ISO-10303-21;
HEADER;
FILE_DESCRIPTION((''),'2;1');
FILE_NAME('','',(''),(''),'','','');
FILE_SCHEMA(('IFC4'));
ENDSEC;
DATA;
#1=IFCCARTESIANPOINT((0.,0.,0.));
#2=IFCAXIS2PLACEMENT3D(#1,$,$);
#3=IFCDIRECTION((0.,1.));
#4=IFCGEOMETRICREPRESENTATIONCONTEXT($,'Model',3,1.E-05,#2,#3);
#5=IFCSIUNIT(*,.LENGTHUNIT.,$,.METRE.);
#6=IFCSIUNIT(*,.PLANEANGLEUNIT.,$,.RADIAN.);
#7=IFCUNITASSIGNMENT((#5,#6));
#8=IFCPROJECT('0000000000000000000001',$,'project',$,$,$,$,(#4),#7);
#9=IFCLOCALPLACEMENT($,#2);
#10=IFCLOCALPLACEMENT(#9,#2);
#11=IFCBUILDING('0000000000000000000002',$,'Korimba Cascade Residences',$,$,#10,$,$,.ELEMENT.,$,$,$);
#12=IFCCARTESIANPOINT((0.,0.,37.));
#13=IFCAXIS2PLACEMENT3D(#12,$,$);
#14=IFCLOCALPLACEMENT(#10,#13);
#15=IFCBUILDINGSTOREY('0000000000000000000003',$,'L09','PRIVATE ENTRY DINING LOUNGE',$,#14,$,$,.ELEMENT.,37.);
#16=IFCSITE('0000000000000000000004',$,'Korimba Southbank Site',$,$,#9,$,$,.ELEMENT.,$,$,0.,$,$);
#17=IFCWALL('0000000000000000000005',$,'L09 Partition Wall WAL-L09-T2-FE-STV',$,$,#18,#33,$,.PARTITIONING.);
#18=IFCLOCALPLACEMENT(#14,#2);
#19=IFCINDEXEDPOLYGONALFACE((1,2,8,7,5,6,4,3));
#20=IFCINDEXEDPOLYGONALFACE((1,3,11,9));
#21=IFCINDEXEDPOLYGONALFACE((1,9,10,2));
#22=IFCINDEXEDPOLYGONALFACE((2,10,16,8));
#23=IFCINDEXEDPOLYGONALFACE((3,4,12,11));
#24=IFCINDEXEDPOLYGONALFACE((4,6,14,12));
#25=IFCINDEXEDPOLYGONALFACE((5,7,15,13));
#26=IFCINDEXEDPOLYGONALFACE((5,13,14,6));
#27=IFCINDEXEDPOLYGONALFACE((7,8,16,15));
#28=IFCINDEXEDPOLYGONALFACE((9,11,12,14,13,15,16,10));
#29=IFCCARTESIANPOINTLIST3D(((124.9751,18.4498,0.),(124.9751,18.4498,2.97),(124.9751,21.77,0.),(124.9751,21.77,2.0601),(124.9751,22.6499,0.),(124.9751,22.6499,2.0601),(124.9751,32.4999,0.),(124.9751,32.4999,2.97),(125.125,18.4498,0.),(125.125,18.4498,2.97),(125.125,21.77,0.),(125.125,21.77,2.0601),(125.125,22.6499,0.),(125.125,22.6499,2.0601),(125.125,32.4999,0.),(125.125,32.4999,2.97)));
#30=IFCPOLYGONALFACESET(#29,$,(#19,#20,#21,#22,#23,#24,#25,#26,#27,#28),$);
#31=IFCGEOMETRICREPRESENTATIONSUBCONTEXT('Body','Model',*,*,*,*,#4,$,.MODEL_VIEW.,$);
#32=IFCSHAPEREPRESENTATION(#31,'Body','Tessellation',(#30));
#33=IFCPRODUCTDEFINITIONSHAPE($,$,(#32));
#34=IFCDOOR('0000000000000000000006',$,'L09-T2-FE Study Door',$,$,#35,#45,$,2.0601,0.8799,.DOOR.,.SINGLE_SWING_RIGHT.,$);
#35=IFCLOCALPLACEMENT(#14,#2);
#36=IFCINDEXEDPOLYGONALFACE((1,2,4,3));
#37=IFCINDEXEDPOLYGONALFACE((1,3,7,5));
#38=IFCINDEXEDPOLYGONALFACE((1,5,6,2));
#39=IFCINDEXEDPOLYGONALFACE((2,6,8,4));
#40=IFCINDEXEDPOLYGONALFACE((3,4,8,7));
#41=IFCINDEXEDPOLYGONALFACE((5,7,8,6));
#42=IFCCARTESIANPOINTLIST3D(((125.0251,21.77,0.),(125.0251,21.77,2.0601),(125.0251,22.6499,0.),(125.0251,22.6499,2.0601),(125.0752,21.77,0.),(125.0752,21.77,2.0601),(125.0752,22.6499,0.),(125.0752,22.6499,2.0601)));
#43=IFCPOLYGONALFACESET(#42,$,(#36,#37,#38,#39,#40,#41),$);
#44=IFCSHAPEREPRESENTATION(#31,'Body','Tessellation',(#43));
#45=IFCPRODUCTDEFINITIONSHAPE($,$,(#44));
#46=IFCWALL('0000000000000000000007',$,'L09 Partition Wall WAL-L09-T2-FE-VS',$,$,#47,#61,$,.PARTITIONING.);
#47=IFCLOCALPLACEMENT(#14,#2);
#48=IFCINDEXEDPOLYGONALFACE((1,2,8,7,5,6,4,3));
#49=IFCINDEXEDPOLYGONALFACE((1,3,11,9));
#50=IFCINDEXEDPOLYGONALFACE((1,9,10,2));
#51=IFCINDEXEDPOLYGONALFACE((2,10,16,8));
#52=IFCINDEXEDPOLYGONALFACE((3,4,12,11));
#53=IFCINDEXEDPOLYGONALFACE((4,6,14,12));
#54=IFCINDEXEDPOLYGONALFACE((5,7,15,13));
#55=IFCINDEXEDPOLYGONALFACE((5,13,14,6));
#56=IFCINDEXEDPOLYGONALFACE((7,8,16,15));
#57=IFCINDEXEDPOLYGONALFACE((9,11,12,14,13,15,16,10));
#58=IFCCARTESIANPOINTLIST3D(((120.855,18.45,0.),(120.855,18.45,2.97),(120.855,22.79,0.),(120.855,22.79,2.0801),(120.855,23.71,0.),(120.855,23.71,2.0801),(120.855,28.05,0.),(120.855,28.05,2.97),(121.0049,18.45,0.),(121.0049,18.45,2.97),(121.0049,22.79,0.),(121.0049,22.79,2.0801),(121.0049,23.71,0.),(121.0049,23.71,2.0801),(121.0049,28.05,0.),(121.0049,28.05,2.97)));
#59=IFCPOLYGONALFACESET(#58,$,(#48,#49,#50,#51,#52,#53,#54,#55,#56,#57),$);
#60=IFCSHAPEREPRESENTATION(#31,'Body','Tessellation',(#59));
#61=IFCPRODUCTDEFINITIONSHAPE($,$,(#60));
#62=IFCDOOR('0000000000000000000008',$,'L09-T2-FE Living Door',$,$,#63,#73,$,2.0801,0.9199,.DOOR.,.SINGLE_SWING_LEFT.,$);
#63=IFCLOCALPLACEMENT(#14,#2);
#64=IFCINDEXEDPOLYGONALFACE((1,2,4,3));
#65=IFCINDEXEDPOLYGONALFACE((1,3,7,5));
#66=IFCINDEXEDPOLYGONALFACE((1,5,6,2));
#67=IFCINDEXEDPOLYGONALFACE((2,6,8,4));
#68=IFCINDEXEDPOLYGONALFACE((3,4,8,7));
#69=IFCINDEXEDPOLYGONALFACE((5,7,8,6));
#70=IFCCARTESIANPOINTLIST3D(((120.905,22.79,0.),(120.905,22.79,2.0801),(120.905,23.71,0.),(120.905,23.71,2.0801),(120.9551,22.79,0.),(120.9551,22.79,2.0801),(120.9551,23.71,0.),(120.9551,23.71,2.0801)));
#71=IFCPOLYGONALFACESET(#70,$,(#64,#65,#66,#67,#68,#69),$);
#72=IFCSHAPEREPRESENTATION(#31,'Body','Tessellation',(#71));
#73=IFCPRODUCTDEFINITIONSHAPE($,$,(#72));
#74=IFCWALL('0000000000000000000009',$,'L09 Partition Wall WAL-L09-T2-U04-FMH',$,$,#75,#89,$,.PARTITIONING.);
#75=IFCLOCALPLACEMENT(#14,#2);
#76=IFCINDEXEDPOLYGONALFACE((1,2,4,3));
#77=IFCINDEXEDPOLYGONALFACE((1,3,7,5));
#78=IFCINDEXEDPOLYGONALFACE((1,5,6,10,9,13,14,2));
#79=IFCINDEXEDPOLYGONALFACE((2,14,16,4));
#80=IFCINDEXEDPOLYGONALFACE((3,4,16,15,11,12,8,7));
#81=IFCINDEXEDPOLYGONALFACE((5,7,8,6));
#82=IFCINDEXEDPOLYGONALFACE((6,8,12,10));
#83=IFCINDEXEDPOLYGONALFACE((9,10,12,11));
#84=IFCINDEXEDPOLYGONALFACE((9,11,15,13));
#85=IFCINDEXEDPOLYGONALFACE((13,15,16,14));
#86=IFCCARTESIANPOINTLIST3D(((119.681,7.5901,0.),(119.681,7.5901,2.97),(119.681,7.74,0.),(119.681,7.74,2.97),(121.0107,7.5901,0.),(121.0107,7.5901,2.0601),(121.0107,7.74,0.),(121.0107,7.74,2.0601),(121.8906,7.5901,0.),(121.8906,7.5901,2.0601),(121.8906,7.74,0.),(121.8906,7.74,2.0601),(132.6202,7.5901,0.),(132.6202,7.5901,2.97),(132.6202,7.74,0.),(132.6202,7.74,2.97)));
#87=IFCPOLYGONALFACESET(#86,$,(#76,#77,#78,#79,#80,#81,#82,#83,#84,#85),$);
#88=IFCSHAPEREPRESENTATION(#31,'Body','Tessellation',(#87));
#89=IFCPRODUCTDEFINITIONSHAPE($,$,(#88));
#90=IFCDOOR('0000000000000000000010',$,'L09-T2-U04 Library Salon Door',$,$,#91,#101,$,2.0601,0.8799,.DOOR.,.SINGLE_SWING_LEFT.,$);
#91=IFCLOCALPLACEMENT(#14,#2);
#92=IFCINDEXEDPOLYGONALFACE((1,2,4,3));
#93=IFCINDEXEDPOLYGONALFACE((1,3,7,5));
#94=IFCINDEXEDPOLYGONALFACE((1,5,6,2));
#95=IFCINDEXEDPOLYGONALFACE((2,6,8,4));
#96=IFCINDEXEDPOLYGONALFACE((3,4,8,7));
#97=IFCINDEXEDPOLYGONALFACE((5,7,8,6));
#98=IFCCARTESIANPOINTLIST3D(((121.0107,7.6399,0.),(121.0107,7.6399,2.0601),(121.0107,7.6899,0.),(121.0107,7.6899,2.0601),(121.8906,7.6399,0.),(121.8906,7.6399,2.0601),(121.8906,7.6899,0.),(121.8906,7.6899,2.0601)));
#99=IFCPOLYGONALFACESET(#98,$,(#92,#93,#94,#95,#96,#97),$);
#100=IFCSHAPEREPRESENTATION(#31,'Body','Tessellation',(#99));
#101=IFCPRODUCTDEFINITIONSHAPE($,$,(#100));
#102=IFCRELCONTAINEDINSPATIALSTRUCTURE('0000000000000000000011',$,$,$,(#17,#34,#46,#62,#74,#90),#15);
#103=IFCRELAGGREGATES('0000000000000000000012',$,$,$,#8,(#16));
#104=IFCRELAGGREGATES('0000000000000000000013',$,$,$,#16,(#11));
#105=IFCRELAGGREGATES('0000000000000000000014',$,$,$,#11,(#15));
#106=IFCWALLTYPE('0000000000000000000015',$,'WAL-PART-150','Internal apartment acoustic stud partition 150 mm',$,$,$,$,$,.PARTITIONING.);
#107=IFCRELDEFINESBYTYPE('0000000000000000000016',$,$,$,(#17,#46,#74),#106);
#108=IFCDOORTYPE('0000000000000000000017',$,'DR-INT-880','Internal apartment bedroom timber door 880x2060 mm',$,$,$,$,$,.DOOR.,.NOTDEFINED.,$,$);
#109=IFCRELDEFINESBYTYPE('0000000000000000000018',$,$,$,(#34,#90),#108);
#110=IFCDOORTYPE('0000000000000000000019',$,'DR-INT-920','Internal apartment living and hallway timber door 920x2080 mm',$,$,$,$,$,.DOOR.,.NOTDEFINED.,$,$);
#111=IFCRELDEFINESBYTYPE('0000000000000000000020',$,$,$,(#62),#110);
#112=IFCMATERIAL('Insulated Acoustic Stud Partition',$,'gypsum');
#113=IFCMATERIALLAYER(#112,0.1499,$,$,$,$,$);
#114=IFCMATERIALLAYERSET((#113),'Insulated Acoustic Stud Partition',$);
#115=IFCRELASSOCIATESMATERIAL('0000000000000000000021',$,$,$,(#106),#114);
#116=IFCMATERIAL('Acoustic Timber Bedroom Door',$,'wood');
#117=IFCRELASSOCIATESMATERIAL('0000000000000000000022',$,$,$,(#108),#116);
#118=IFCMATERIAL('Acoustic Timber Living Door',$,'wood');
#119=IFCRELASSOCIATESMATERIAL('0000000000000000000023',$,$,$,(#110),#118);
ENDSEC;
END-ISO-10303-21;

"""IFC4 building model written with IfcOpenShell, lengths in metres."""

from ifc_helpers import new_model, si_unit, direction, frame, frame_2d, origin, place, context, subcontext, project, spatial, rectangle, extrude, material, layer, layer_set, type_object, element, fill, save


model = new_model("IFC4")

# Units and contexts
model_context = context("Model", 3, precision=1e-05, world=origin(), true_north=direction((0.0, 1.0)))
body_context = subcontext(model_context, "Body", "Model", "MODEL_VIEW")
ifc_project = project(units=[si_unit("LENGTHUNIT", "METRE"), si_unit("PLANEANGLEUNIT", "RADIAN")], contexts=[model_context])

# Site, building, storey
site_placement = place(None, origin())
site = spatial("IfcSite", under=ifc_project, at=site_placement, Name="Korimba Southbank Site", CompositionType="ELEMENT", RefElevation=0.0)
building_placement = place(site_placement, origin())
building = spatial("IfcBuilding", under=site, at=building_placement, Name="Korimba Cascade Residences", CompositionType="ELEMENT")
storey_placement = place(building_placement, frame((0.0, 0.0, 37.0)))
storey = spatial("IfcBuildingStorey", under=building, at=storey_placement, Name="L09", Description="PRIVATE ENTRY DINING LOUNGE", CompositionType="ELEMENT", Elevation=37.0)

# Walls, openings, doors
ifc_material_1 = material(Name="Insulated Acoustic Stud Partition", Category="gypsum")
ifc_layer_1 = layer(ifc_material_1, 0.1499)
ifc_layer_set_1 = layer_set([ifc_layer_1], Name="Insulated Acoustic Stud Partition")
wall_type_1 = type_object("IfcWallType", Name="WAL-PART-150", Description="Internal apartment acoustic stud partition 150 mm", PredefinedType="PARTITIONING", material=ifc_layer_set_1)
wall_1_placement = place(storey_placement, frame((125.05, 18.45, 0.0), z_axis=(0.0, 0.0, 1.0), x_axis=(0.0, 1.0, 0.0)))
wall_1 = element("IfcWall", 1, at=wall_1_placement, inside=storey, type_object=wall_type_1, Name="L09 Partition Wall WAL-L09-T2-FE-STV", PredefinedType="PARTITIONING", context=body_context, shape_type="SweptSolid", body=[
    extrude(rectangle(XDim=14.05, YDim=0.1499, at=frame_2d((7.0249, 0.0))), origin(), (0.0, 0.0, 1.0), 2.97),
])
opening_1_placement = place(wall_1_placement, frame((3.3201, 0.0, 0.0)))
opening_1 = element("IfcOpeningElement", 2, at=opening_1_placement, cuts=wall_1, PredefinedType="OPENING", context=body_context, shape_type="SweptSolid", body=[
    extrude(rectangle(XDim=0.8799, YDim=2.0601, at=frame_2d((0.4399, 1.03))), frame((0.0, 0.085, 0.0), z_axis=(0.0, -1.0, 0.0), x_axis=(1.0, 0.0, 0.0)), (0.0, 0.0, 1.0), 0.1699),
])
ifc_material_2 = material(Name="Acoustic Timber Bedroom Door", Category="wood")
door_type_1 = type_object("IfcDoorType", Name="DR-INT-880", Description="Internal apartment bedroom timber door 880x2060 mm", OperationType="NOTDEFINED", PredefinedType="DOOR", material=ifc_material_2)
door_1_placement = place(opening_1_placement, origin())
door_1 = element("IfcDoor", 3, at=door_1_placement, inside=storey, type_object=door_type_1, Name="L09-T2-FE Study Door", OperationType="SINGLE_SWING_RIGHT", OverallHeight=2.0601, OverallWidth=0.8799, PredefinedType="DOOR", context=body_context, shape_type="SweptSolid", body=[
    extrude(rectangle(XDim=0.8799, YDim=2.0601, at=frame_2d((0.4399, 1.03))), frame((0.0, 0.0249, 0.0), z_axis=(0.0, -1.0, 0.0), x_axis=(1.0, 0.0, 0.0)), (0.0, 0.0, 1.0), 0.05),
])
fill(opening_1, door_1)
wall_2_placement = place(storey_placement, frame((120.9299, 18.45, 0.0), z_axis=(0.0, 0.0, 1.0), x_axis=(0.0, 1.0, 0.0)))
wall_2 = element("IfcWall", 4, at=wall_2_placement, inside=storey, type_object=wall_type_1, Name="L09 Partition Wall WAL-L09-T2-FE-VS", PredefinedType="PARTITIONING", context=body_context, shape_type="SweptSolid", body=[
    extrude(rectangle(XDim=9.6001, YDim=0.1499, at=frame_2d((4.8, 0.0))), origin(), (0.0, 0.0, 1.0), 2.97),
])
opening_2_placement = place(wall_2_placement, frame((4.3401, 0.0, 0.0)))
opening_2 = element("IfcOpeningElement", 5, at=opening_2_placement, cuts=wall_2, PredefinedType="OPENING", context=body_context, shape_type="SweptSolid", body=[
    extrude(rectangle(XDim=0.9199, YDim=2.0801, at=frame_2d((0.46, 1.04))), frame((0.0, 0.085, 0.0), z_axis=(0.0, -1.0, 0.0), x_axis=(1.0, 0.0, 0.0)), (0.0, 0.0, 1.0), 0.1699),
])
ifc_material_3 = material(Name="Acoustic Timber Living Door", Category="wood")
door_type_2 = type_object("IfcDoorType", Name="DR-INT-920", Description="Internal apartment living and hallway timber door 920x2080 mm", OperationType="NOTDEFINED", PredefinedType="DOOR", material=ifc_material_3)
door_2_placement = place(opening_2_placement, origin())
door_2 = element("IfcDoor", 6, at=door_2_placement, inside=storey, type_object=door_type_2, Name="L09-T2-FE Living Door", OperationType="SINGLE_SWING_LEFT", OverallHeight=2.0801, OverallWidth=0.9199, PredefinedType="DOOR", context=body_context, shape_type="SweptSolid", body=[
    extrude(rectangle(XDim=0.9199, YDim=2.0801, at=frame_2d((0.46, 1.04))), frame((0.0, 0.0249, 0.0), z_axis=(0.0, -1.0, 0.0), x_axis=(1.0, 0.0, 0.0)), (0.0, 0.0, 1.0), 0.05),
])
fill(opening_2, door_2)
wall_3_placement = place(storey_placement, frame((119.6809, 7.665, 0.0), z_axis=(0.0, 0.0, 1.0), x_axis=(1.0, 0.0, 0.0)))
wall_3 = element("IfcWall", 7, at=wall_3_placement, inside=storey, type_object=wall_type_1, Name="L09 Partition Wall WAL-L09-T2-U04-FMH", PredefinedType="PARTITIONING", context=body_context, shape_type="SweptSolid", body=[
    extrude(rectangle(XDim=12.9392, YDim=0.1499, at=frame_2d((6.4697, 0.0))), origin(), (0.0, 0.0, 1.0), 2.97),
])
opening_3_placement = place(wall_3_placement, frame((1.3298, 0.0, 0.0)))
opening_3 = element("IfcOpeningElement", 8, at=opening_3_placement, cuts=wall_3, PredefinedType="OPENING", context=body_context, shape_type="SweptSolid", body=[
    extrude(rectangle(XDim=0.8799, YDim=2.0601, at=frame_2d((0.4399, 1.03))), frame((0.0, 0.085, 0.0), z_axis=(0.0, -1.0, 0.0), x_axis=(1.0, 0.0, 0.0)), (0.0, 0.0, 1.0), 0.1699),
])
door_3_placement = place(opening_3_placement, origin())
door_3 = element("IfcDoor", 9, at=door_3_placement, inside=storey, type_object=door_type_1, Name="L09-T2-U04 Library Salon Door", OperationType="SINGLE_SWING_LEFT", OverallHeight=2.0601, OverallWidth=0.8799, PredefinedType="DOOR", context=body_context, shape_type="SweptSolid", body=[
    extrude(rectangle(XDim=0.8799, YDim=2.0601, at=frame_2d((0.4399, 1.03))), frame((0.0, 0.0249, 0.0), z_axis=(0.0, -1.0, 0.0), x_axis=(1.0, 0.0, 0.0)), (0.0, 0.0, 1.0), 0.05),
])
fill(opening_3, door_3)

save(model, "model.ifc")
